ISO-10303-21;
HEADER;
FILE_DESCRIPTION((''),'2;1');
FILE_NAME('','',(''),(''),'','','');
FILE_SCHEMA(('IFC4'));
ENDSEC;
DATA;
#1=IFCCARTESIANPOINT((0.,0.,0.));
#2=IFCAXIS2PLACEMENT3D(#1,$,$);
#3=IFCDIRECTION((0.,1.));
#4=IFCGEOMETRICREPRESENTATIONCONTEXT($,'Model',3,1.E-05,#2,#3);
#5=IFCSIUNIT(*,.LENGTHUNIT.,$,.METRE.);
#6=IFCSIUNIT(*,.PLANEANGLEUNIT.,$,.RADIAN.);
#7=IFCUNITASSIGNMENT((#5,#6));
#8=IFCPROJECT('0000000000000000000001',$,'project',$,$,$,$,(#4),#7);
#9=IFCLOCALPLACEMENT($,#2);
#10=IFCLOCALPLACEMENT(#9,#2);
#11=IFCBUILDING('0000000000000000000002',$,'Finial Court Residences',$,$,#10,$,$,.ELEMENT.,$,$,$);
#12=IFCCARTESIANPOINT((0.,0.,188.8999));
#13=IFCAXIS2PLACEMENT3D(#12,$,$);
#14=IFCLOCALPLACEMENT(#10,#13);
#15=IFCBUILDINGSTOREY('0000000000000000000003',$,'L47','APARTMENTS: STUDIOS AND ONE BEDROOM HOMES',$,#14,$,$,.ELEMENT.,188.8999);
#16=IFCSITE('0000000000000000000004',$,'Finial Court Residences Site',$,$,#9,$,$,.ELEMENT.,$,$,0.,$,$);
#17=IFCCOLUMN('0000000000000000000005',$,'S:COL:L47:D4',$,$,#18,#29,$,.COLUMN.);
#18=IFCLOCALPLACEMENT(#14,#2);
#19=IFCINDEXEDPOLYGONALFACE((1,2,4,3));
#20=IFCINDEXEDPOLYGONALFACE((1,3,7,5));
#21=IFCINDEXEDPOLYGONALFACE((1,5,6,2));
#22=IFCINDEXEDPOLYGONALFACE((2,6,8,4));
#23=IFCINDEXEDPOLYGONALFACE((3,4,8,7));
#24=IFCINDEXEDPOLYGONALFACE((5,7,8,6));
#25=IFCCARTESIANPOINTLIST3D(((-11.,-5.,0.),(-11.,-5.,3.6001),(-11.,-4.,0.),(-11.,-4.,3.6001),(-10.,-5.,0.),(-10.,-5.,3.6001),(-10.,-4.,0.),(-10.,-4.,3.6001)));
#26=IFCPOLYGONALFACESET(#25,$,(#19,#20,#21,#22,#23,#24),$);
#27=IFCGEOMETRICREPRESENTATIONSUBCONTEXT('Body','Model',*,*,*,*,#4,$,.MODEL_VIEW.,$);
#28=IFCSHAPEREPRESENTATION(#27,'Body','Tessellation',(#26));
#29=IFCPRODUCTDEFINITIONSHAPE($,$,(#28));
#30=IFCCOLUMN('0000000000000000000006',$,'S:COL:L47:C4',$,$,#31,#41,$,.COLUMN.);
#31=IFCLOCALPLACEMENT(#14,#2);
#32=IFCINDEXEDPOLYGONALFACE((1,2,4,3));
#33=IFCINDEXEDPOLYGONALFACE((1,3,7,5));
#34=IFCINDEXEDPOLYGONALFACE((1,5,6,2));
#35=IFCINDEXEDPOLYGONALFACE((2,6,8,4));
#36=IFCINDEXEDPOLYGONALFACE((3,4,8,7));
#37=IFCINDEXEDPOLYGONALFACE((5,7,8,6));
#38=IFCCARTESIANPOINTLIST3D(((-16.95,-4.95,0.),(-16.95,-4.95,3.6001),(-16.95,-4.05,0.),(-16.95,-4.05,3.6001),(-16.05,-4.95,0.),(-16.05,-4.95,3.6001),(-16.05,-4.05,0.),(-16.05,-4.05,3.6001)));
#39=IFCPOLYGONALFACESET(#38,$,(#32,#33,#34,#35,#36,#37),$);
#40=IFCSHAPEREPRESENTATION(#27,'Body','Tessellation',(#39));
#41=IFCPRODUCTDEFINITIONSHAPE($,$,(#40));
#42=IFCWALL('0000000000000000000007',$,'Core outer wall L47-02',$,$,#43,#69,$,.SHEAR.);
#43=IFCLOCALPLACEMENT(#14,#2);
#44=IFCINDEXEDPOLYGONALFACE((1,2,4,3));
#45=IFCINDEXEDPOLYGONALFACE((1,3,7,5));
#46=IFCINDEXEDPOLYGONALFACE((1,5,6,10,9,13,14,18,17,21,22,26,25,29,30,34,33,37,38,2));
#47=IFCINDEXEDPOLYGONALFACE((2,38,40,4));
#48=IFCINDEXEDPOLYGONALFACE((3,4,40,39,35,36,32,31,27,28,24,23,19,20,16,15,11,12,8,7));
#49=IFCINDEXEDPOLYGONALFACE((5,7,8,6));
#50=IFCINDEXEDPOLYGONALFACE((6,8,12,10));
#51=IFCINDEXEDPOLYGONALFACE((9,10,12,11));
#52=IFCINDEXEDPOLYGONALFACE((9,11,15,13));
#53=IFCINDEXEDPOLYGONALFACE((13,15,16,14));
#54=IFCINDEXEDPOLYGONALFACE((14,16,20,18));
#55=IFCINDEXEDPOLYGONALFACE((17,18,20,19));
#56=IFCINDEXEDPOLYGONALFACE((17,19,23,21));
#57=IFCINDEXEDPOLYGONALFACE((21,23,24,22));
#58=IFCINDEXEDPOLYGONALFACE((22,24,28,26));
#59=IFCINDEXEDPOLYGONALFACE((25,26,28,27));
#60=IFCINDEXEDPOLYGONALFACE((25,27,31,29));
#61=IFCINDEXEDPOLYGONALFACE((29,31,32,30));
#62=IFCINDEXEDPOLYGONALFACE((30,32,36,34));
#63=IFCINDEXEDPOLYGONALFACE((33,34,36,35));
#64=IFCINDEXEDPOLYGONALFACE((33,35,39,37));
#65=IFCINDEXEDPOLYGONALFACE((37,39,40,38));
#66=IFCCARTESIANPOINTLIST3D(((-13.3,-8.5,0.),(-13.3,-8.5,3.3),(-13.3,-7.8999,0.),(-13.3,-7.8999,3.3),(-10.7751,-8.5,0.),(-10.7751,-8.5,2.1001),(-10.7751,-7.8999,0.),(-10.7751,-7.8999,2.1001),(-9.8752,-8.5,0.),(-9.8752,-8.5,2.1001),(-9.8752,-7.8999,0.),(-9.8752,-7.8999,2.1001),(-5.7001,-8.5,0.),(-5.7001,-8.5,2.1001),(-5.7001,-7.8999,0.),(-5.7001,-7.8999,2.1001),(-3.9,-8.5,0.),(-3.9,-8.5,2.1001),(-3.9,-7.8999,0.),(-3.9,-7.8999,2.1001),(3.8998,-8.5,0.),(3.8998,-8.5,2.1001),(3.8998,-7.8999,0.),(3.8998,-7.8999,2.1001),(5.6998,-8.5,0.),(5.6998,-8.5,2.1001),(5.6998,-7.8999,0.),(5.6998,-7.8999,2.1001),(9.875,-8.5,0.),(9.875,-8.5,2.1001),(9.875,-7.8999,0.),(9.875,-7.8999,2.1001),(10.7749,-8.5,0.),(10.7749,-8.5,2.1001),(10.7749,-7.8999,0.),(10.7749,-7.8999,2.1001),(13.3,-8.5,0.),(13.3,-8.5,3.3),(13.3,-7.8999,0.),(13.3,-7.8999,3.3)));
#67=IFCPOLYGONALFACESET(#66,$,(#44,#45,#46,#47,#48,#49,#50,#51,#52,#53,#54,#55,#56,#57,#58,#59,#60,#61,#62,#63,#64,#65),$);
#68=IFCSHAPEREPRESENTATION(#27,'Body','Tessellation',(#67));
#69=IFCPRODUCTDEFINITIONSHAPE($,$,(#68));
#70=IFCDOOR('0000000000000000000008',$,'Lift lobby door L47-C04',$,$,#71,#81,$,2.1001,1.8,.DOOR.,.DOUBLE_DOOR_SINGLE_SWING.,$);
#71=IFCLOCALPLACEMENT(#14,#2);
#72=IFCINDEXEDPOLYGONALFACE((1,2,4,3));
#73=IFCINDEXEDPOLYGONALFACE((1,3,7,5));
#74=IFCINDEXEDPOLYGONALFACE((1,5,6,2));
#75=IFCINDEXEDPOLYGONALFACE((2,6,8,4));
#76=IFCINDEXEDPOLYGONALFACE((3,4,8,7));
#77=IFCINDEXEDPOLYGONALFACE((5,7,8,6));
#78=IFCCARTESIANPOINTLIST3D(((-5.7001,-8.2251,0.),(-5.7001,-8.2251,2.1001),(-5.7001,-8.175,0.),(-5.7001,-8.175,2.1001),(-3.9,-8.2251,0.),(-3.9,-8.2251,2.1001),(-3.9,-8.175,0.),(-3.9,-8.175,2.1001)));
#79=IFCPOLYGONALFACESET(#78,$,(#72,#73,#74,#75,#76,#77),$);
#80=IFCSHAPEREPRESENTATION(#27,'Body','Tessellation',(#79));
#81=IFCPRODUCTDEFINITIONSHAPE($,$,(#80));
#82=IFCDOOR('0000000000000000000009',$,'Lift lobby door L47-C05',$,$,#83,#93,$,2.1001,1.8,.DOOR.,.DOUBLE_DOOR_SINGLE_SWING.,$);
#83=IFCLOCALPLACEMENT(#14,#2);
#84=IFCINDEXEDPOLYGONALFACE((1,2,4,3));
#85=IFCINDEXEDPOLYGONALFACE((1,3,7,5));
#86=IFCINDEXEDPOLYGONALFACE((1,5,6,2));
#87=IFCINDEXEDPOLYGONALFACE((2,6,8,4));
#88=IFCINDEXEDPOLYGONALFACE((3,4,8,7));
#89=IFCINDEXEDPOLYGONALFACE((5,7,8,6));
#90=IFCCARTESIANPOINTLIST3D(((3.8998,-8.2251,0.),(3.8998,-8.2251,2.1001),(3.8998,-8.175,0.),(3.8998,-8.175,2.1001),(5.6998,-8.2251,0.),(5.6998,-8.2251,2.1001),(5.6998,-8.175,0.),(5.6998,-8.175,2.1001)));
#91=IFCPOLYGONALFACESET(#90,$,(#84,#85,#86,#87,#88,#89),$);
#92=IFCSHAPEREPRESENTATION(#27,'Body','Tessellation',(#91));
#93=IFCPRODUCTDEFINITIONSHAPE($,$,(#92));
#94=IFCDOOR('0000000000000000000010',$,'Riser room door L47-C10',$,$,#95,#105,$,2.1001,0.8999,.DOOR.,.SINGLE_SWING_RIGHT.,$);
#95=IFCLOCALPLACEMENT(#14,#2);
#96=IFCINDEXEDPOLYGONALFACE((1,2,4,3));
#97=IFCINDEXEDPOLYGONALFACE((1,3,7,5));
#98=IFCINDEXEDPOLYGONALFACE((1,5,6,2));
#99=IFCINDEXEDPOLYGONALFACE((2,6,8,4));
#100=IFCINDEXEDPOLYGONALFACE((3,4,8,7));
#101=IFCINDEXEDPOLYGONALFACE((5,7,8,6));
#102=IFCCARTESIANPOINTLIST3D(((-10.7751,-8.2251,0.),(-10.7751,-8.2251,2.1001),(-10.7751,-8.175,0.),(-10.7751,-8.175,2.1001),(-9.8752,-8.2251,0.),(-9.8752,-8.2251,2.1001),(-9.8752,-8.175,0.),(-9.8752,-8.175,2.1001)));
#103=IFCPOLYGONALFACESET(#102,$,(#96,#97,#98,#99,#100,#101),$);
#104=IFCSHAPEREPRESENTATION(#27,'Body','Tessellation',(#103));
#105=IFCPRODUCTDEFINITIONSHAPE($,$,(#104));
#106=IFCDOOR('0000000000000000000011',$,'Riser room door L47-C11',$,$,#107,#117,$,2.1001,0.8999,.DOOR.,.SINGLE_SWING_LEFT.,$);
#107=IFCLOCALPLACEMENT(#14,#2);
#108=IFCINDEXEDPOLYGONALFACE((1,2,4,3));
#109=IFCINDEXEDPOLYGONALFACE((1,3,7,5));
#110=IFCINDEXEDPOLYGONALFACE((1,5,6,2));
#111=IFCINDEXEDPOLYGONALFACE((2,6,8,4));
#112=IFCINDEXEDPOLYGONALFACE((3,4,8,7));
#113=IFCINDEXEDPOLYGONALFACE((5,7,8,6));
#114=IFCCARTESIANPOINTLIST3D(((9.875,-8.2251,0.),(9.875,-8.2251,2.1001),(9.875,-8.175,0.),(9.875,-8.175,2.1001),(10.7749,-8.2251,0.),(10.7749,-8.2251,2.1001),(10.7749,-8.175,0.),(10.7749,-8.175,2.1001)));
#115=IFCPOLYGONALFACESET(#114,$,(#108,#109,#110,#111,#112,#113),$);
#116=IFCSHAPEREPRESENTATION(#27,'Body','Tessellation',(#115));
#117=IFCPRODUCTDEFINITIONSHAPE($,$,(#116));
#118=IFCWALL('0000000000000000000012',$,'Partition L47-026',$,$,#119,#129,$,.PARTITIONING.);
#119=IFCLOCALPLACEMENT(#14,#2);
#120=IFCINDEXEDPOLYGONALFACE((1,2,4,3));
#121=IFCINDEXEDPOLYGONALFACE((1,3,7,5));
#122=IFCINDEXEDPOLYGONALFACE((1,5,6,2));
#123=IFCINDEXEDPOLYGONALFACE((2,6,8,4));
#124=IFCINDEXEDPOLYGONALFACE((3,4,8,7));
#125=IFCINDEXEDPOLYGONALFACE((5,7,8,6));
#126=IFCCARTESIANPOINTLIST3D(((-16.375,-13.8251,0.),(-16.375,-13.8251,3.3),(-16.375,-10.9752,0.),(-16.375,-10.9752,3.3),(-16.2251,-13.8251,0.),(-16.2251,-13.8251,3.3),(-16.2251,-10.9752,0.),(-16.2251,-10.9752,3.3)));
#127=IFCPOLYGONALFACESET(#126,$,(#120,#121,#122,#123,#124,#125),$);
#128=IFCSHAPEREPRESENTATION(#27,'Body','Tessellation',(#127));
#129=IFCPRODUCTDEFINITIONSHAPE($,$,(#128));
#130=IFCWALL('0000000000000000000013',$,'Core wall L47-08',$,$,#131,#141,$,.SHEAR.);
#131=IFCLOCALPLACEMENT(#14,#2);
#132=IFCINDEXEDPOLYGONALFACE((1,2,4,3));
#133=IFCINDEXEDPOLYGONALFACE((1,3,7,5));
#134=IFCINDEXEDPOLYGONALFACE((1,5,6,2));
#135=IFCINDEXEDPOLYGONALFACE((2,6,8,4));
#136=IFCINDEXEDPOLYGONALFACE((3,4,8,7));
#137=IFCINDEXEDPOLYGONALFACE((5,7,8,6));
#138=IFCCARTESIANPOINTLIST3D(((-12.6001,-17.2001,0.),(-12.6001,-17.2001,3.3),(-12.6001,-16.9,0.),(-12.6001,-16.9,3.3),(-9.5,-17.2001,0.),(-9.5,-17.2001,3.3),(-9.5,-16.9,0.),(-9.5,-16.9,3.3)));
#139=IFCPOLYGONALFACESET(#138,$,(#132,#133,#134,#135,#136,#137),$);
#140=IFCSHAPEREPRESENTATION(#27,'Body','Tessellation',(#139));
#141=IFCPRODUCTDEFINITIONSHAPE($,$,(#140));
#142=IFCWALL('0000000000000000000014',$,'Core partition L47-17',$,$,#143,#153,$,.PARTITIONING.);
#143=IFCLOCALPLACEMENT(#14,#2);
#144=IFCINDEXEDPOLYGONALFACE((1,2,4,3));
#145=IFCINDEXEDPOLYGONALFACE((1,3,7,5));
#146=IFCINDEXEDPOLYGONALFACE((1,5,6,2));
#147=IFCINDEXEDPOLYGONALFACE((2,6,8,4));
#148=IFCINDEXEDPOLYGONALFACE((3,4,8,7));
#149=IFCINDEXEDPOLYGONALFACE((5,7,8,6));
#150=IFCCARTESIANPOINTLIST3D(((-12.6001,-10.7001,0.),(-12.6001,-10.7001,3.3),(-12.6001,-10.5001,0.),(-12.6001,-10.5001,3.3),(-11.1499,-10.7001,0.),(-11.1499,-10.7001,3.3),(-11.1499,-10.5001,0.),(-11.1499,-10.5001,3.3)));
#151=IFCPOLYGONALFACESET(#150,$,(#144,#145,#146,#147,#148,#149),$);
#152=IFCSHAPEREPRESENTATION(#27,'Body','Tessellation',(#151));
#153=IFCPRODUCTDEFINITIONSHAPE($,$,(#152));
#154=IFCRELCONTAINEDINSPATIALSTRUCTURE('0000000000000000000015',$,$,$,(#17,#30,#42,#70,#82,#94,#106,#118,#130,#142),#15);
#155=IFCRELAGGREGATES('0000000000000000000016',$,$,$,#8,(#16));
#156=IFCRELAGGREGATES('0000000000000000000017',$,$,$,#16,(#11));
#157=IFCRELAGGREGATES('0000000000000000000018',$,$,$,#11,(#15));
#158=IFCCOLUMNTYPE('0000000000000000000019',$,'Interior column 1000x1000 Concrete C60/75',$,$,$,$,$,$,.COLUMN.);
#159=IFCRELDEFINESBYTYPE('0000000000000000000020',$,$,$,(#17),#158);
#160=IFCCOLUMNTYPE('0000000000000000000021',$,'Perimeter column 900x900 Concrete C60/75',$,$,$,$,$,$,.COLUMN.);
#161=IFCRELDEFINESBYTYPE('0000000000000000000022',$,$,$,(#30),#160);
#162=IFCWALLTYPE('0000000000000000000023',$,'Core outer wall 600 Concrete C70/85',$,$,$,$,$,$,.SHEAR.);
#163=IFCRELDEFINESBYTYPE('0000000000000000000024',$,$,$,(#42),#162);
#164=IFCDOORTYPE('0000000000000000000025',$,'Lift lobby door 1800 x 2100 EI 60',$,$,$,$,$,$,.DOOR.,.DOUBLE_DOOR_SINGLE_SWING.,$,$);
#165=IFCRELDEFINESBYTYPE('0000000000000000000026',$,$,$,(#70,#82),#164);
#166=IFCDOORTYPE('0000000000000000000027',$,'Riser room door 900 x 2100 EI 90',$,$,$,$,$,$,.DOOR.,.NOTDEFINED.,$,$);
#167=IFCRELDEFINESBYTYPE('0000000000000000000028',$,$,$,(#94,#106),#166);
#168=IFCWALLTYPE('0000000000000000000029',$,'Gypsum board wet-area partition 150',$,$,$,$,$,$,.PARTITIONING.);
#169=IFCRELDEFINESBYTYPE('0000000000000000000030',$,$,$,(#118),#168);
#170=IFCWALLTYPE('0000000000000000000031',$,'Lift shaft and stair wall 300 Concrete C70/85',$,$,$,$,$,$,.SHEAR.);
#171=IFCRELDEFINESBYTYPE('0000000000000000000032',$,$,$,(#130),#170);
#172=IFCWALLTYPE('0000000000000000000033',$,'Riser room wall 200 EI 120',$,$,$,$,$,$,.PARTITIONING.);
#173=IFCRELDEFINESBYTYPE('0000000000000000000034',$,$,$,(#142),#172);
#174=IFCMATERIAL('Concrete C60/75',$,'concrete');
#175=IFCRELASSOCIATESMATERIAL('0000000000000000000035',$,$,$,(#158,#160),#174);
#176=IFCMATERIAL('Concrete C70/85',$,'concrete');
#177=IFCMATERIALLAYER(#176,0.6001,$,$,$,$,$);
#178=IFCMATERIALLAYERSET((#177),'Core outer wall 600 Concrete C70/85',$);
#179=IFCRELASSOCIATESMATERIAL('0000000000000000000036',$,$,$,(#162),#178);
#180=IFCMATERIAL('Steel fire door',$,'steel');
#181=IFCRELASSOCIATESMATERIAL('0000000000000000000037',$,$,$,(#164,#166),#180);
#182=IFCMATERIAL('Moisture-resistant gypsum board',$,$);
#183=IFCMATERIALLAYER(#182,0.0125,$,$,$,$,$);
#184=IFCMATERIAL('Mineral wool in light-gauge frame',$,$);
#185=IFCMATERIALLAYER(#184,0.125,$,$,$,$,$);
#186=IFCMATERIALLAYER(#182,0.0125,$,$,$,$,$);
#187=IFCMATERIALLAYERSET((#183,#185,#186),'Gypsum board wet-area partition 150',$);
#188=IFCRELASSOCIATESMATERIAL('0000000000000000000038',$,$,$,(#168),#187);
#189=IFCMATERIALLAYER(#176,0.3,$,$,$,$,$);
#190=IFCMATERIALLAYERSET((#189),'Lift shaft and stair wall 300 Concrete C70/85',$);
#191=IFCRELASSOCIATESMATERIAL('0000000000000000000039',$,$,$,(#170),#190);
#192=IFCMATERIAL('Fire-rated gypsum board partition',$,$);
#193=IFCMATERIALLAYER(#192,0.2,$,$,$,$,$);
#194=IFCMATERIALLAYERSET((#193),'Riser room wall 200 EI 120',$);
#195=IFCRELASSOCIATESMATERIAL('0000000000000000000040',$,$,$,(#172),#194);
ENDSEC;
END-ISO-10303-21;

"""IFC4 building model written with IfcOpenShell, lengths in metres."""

from ifc_helpers import new_model, si_unit, direction, frame, frame_2d, origin, origin_2d, place, context, subcontext, project, spatial, rectangle, extrude, material, layer, layer_set, material_profile, profile_set, type_object, element, fill, save


model = new_model("IFC4")

# Units and contexts
model_context = context("Model", 3, precision=1e-05, world=origin(), true_north=direction((0.0, 1.0)))
body_context = subcontext(model_context, "Body", "Model", "MODEL_VIEW")
ifc_project = project(units=[si_unit("LENGTHUNIT", "METRE"), si_unit("PLANEANGLEUNIT", "RADIAN")], contexts=[model_context])

# Site, building, storey
site_placement = place(None, origin())
site = spatial("IfcSite", under=ifc_project, at=site_placement, Name="Finial Court Residences Site", CompositionType="ELEMENT", RefElevation=0.0)
building_placement = place(site_placement, origin())
building = spatial("IfcBuilding", under=site, at=building_placement, Name="Finial Court Residences", CompositionType="ELEMENT")
storey_placement = place(building_placement, frame((0.0, 0.0, 188.8999)))
storey = spatial("IfcBuildingStorey", under=building, at=storey_placement, Name="L47", Description="APARTMENTS: STUDIOS AND ONE BEDROOM HOMES", CompositionType="ELEMENT", Elevation=188.8999)

# Columns
ifc_material_1 = material(Name="Concrete C60/75", Category="concrete")
ifc_material_profile_1 = material_profile(ifc_material_1, rectangle(XDim=1.0, YDim=1.0, at=origin_2d()), Name="1000x1000")
ifc_profile_set_1 = profile_set([ifc_material_profile_1], Name="Concrete C60/75")
column_type_1 = type_object("IfcColumnType", Name="Interior column 1000x1000 Concrete C60/75", PredefinedType="COLUMN", material=ifc_profile_set_1)
column_1_placement = place(storey_placement, frame((-10.5, -4.5, 0.0), z_axis=(0.0, 0.0, 1.0), x_axis=(1.0, 0.0, 0.0)))
element("IfcColumn", 1, at=column_1_placement, inside=storey, type_object=column_type_1, Name="S:COL:L47:D4", PredefinedType="COLUMN", context=body_context, shape_type="SweptSolid", body=[
    extrude(rectangle(XDim=1.0, YDim=1.0, at=origin_2d()), origin(), (0.0, 0.0, 1.0), 3.6001),
])
ifc_material_profile_2 = material_profile(ifc_material_1, rectangle(XDim=0.8999, YDim=0.8999, at=origin_2d()), Name="900x900")
ifc_profile_set_2 = profile_set([ifc_material_profile_2], Name="Concrete C60/75")
column_type_2 = type_object("IfcColumnType", Name="Perimeter column 900x900 Concrete C60/75", PredefinedType="COLUMN", material=ifc_profile_set_2)
column_2_placement = place(storey_placement, frame((-16.5, -4.5, 0.0), z_axis=(0.0, 0.0, 1.0), x_axis=(1.0, 0.0, 0.0)))
element("IfcColumn", 2, at=column_2_placement, inside=storey, type_object=column_type_2, Name="S:COL:L47:C4", PredefinedType="COLUMN", context=body_context, shape_type="SweptSolid", body=[
    extrude(rectangle(XDim=0.8999, YDim=0.8999, at=origin_2d()), origin(), (0.0, 0.0, 1.0), 3.6001),
])

# Wall, openings, doors
ifc_material_2 = material(Name="Concrete C70/85", Category="concrete")
ifc_layer_1 = layer(ifc_material_2, 0.6001)
ifc_layer_set_1 = layer_set([ifc_layer_1], Name="Core outer wall 600 Concrete C70/85")
wall_type_1 = type_object("IfcWallType", Name="Core outer wall 600 Concrete C70/85", PredefinedType="SHEAR", material=ifc_layer_set_1)
wall_1_placement = place(storey_placement, frame((-13.3, -8.2, 0.0), z_axis=(0.0, 0.0, 1.0), x_axis=(1.0, 0.0, 0.0)))
wall_1 = element("IfcWall", 3, at=wall_1_placement, inside=storey, type_object=wall_type_1, Name="Core outer wall L47-02", PredefinedType="SHEAR", context=body_context, shape_type="SweptSolid", body=[
    extrude(rectangle(XDim=26.6001, YDim=0.6001, at=frame_2d((13.3, 0.0))), origin(), (0.0, 0.0, 1.0), 3.3),
])
opening_1_placement = place(wall_1_placement, frame((7.6001, 0.0, 0.0)))
opening_1 = element("IfcOpeningElement", 4, at=opening_1_placement, cuts=wall_1, PredefinedType="OPENING", context=body_context, shape_type="SweptSolid", body=[
    extrude(rectangle(XDim=1.8, YDim=2.1001, at=frame_2d((0.8999, 1.05))), frame((0.0, 0.3101, 0.0), z_axis=(0.0, -1.0, 0.0), x_axis=(1.0, 0.0, 0.0)), (0.0, 0.0, 1.0), 0.6201),
])
opening_2_placement = place(wall_1_placement, frame((17.2, 0.0, 0.0)))
opening_2 = element("IfcOpeningElement", 5, at=opening_2_placement, cuts=wall_1, PredefinedType="OPENING", context=body_context, shape_type="SweptSolid", body=[
    extrude(rectangle(XDim=1.8, YDim=2.1001, at=frame_2d((0.8999, 1.05))), frame((0.0, 0.3101, 0.0), z_axis=(0.0, -1.0, 0.0), x_axis=(1.0, 0.0, 0.0)), (0.0, 0.0, 1.0), 0.6201),
])
opening_3_placement = place(wall_1_placement, frame((2.5249, 0.0, 0.0)))
opening_3 = element("IfcOpeningElement", 6, at=opening_3_placement, cuts=wall_1, PredefinedType="OPENING", context=body_context, shape_type="SweptSolid", body=[
    extrude(rectangle(XDim=0.8999, YDim=2.1001, at=frame_2d((0.45, 1.05))), frame((0.0, 0.3101, 0.0), z_axis=(0.0, -1.0, 0.0), x_axis=(1.0, 0.0, 0.0)), (0.0, 0.0, 1.0), 0.6201),
])
opening_4_placement = place(wall_1_placement, frame((23.175, 0.0, 0.0)))
opening_4 = element("IfcOpeningElement", 7, at=opening_4_placement, cuts=wall_1, PredefinedType="OPENING", context=body_context, shape_type="SweptSolid", body=[
    extrude(rectangle(XDim=0.8999, YDim=2.1001, at=frame_2d((0.45, 1.05))), frame((0.0, 0.3101, 0.0), z_axis=(0.0, -1.0, 0.0), x_axis=(1.0, 0.0, 0.0)), (0.0, 0.0, 1.0), 0.6201),
])
ifc_material_3 = material(Name="Steel fire door", Category="steel")
door_type_1 = type_object("IfcDoorType", Name="Lift lobby door 1800 x 2100 EI 60", OperationType="DOUBLE_DOOR_SINGLE_SWING", PredefinedType="DOOR", material=ifc_material_3)
door_1_placement = place(opening_1_placement, origin())
door_1 = element("IfcDoor", 8, at=door_1_placement, inside=storey, type_object=door_type_1, Name="Lift lobby door L47-C04", OperationType="DOUBLE_DOOR_SINGLE_SWING", OverallHeight=2.1001, OverallWidth=1.8, PredefinedType="DOOR", context=body_context, shape_type="SweptSolid", body=[
    extrude(rectangle(XDim=1.8, YDim=2.1001, at=frame_2d((0.8999, 1.05))), frame((0.0, 0.0249, 0.0), z_axis=(0.0, -1.0, 0.0), x_axis=(1.0, 0.0, 0.0)), (0.0, 0.0, 1.0), 0.05),
])
fill(opening_1, door_1)
door_2_placement = place(opening_2_placement, origin())
door_2 = element("IfcDoor", 9, at=door_2_placement, inside=storey, type_object=door_type_1, Name="Lift lobby door L47-C05", OperationType="DOUBLE_DOOR_SINGLE_SWING", OverallHeight=2.1001, OverallWidth=1.8, PredefinedType="DOOR", context=body_context, shape_type="SweptSolid", body=[
    extrude(rectangle(XDim=1.8, YDim=2.1001, at=frame_2d((0.8999, 1.05))), frame((0.0, 0.0249, 0.0), z_axis=(0.0, -1.0, 0.0), x_axis=(1.0, 0.0, 0.0)), (0.0, 0.0, 1.0), 0.05),
])
fill(opening_2, door_2)
door_type_2 = type_object("IfcDoorType", Name="Riser room door 900 x 2100 EI 90", OperationType="NOTDEFINED", PredefinedType="DOOR", material=ifc_material_3)
door_3_placement = place(opening_3_placement, origin())
door_3 = element("IfcDoor", 10, at=door_3_placement, inside=storey, type_object=door_type_2, Name="Riser room door L47-C10", OperationType="SINGLE_SWING_RIGHT", OverallHeight=2.1001, OverallWidth=0.8999, PredefinedType="DOOR", context=body_context, shape_type="SweptSolid", body=[
    extrude(rectangle(XDim=0.8999, YDim=2.1001, at=frame_2d((0.45, 1.05))), frame((0.0, 0.0249, 0.0), z_axis=(0.0, -1.0, 0.0), x_axis=(1.0, 0.0, 0.0)), (0.0, 0.0, 1.0), 0.05),
])
fill(opening_3, door_3)
door_4_placement = place(opening_4_placement, origin())
door_4 = element("IfcDoor", 11, at=door_4_placement, inside=storey, type_object=door_type_2, Name="Riser room door L47-C11", OperationType="SINGLE_SWING_LEFT", OverallHeight=2.1001, OverallWidth=0.8999, PredefinedType="DOOR", context=body_context, shape_type="SweptSolid", body=[
    extrude(rectangle(XDim=0.8999, YDim=2.1001, at=frame_2d((0.45, 1.05))), frame((0.0, 0.0249, 0.0), z_axis=(0.0, -1.0, 0.0), x_axis=(1.0, 0.0, 0.0)), (0.0, 0.0, 1.0), 0.05),
])
fill(opening_4, door_4)

# Walls
ifc_material_4 = material(Name="Moisture-resistant gypsum board")
ifc_layer_2 = layer(ifc_material_4, 0.0125)
ifc_material_5 = material(Name="Mineral wool in light-gauge frame")
ifc_layer_3 = layer(ifc_material_5, 0.125)
ifc_layer_4 = layer(ifc_material_4, 0.0125)
ifc_layer_set_2 = layer_set([ifc_layer_2, ifc_layer_3, ifc_layer_4], Name="Gypsum board wet-area partition 150")
wall_type_2 = type_object("IfcWallType", Name="Gypsum board wet-area partition 150", PredefinedType="PARTITIONING", material=ifc_layer_set_2)
wall_2_placement = place(storey_placement, frame((-16.3, -13.825, 0.0), z_axis=(0.0, 0.0, 1.0), x_axis=(0.0, 1.0, 0.0)))
element("IfcWall", 12, at=wall_2_placement, inside=storey, type_object=wall_type_2, Name="Partition L47-026", PredefinedType="PARTITIONING", context=body_context, shape_type="SweptSolid", body=[
    extrude(rectangle(XDim=2.8499, YDim=0.1499, at=frame_2d((1.4248, 0.0))), origin(), (0.0, 0.0, 1.0), 3.3),
])
ifc_layer_5 = layer(ifc_material_2, 0.3)
ifc_layer_set_3 = layer_set([ifc_layer_5], Name="Lift shaft and stair wall 300 Concrete C70/85")
wall_type_3 = type_object("IfcWallType", Name="Lift shaft and stair wall 300 Concrete C70/85", PredefinedType="SHEAR", material=ifc_layer_set_3)
wall_3_placement = place(storey_placement, frame((-12.6001, -17.05, 0.0), z_axis=(0.0, 0.0, 1.0), x_axis=(1.0, 0.0, 0.0)))
element("IfcWall", 13, at=wall_3_placement, inside=storey, type_object=wall_type_3, Name="Core wall L47-08", PredefinedType="SHEAR", context=body_context, shape_type="SweptSolid", body=[
    extrude(rectangle(XDim=3.1001, YDim=0.3, at=frame_2d((1.55, 0.0))), origin(), (0.0, 0.0, 1.0), 3.3),
])
ifc_material_6 = material(Name="Fire-rated gypsum board partition")
ifc_layer_6 = layer(ifc_material_6, 0.2)
ifc_layer_set_4 = layer_set([ifc_layer_6], Name="Riser room wall 200 EI 120")
wall_type_4 = type_object("IfcWallType", Name="Riser room wall 200 EI 120", PredefinedType="PARTITIONING", material=ifc_layer_set_4)
wall_4_placement = place(storey_placement, frame((-12.6001, -10.6001, 0.0), z_axis=(0.0, 0.0, 1.0), x_axis=(1.0, 0.0, 0.0)))
element("IfcWall", 14, at=wall_4_placement, inside=storey, type_object=wall_type_4, Name="Core partition L47-17", PredefinedType="PARTITIONING", context=body_context, shape_type="SweptSolid", body=[
    extrude(rectangle(XDim=1.4502, YDim=0.2, at=frame_2d((0.7251, 0.0))), origin(), (0.0, 0.0, 1.0), 3.3),
])

save(model, "model.ifc")
